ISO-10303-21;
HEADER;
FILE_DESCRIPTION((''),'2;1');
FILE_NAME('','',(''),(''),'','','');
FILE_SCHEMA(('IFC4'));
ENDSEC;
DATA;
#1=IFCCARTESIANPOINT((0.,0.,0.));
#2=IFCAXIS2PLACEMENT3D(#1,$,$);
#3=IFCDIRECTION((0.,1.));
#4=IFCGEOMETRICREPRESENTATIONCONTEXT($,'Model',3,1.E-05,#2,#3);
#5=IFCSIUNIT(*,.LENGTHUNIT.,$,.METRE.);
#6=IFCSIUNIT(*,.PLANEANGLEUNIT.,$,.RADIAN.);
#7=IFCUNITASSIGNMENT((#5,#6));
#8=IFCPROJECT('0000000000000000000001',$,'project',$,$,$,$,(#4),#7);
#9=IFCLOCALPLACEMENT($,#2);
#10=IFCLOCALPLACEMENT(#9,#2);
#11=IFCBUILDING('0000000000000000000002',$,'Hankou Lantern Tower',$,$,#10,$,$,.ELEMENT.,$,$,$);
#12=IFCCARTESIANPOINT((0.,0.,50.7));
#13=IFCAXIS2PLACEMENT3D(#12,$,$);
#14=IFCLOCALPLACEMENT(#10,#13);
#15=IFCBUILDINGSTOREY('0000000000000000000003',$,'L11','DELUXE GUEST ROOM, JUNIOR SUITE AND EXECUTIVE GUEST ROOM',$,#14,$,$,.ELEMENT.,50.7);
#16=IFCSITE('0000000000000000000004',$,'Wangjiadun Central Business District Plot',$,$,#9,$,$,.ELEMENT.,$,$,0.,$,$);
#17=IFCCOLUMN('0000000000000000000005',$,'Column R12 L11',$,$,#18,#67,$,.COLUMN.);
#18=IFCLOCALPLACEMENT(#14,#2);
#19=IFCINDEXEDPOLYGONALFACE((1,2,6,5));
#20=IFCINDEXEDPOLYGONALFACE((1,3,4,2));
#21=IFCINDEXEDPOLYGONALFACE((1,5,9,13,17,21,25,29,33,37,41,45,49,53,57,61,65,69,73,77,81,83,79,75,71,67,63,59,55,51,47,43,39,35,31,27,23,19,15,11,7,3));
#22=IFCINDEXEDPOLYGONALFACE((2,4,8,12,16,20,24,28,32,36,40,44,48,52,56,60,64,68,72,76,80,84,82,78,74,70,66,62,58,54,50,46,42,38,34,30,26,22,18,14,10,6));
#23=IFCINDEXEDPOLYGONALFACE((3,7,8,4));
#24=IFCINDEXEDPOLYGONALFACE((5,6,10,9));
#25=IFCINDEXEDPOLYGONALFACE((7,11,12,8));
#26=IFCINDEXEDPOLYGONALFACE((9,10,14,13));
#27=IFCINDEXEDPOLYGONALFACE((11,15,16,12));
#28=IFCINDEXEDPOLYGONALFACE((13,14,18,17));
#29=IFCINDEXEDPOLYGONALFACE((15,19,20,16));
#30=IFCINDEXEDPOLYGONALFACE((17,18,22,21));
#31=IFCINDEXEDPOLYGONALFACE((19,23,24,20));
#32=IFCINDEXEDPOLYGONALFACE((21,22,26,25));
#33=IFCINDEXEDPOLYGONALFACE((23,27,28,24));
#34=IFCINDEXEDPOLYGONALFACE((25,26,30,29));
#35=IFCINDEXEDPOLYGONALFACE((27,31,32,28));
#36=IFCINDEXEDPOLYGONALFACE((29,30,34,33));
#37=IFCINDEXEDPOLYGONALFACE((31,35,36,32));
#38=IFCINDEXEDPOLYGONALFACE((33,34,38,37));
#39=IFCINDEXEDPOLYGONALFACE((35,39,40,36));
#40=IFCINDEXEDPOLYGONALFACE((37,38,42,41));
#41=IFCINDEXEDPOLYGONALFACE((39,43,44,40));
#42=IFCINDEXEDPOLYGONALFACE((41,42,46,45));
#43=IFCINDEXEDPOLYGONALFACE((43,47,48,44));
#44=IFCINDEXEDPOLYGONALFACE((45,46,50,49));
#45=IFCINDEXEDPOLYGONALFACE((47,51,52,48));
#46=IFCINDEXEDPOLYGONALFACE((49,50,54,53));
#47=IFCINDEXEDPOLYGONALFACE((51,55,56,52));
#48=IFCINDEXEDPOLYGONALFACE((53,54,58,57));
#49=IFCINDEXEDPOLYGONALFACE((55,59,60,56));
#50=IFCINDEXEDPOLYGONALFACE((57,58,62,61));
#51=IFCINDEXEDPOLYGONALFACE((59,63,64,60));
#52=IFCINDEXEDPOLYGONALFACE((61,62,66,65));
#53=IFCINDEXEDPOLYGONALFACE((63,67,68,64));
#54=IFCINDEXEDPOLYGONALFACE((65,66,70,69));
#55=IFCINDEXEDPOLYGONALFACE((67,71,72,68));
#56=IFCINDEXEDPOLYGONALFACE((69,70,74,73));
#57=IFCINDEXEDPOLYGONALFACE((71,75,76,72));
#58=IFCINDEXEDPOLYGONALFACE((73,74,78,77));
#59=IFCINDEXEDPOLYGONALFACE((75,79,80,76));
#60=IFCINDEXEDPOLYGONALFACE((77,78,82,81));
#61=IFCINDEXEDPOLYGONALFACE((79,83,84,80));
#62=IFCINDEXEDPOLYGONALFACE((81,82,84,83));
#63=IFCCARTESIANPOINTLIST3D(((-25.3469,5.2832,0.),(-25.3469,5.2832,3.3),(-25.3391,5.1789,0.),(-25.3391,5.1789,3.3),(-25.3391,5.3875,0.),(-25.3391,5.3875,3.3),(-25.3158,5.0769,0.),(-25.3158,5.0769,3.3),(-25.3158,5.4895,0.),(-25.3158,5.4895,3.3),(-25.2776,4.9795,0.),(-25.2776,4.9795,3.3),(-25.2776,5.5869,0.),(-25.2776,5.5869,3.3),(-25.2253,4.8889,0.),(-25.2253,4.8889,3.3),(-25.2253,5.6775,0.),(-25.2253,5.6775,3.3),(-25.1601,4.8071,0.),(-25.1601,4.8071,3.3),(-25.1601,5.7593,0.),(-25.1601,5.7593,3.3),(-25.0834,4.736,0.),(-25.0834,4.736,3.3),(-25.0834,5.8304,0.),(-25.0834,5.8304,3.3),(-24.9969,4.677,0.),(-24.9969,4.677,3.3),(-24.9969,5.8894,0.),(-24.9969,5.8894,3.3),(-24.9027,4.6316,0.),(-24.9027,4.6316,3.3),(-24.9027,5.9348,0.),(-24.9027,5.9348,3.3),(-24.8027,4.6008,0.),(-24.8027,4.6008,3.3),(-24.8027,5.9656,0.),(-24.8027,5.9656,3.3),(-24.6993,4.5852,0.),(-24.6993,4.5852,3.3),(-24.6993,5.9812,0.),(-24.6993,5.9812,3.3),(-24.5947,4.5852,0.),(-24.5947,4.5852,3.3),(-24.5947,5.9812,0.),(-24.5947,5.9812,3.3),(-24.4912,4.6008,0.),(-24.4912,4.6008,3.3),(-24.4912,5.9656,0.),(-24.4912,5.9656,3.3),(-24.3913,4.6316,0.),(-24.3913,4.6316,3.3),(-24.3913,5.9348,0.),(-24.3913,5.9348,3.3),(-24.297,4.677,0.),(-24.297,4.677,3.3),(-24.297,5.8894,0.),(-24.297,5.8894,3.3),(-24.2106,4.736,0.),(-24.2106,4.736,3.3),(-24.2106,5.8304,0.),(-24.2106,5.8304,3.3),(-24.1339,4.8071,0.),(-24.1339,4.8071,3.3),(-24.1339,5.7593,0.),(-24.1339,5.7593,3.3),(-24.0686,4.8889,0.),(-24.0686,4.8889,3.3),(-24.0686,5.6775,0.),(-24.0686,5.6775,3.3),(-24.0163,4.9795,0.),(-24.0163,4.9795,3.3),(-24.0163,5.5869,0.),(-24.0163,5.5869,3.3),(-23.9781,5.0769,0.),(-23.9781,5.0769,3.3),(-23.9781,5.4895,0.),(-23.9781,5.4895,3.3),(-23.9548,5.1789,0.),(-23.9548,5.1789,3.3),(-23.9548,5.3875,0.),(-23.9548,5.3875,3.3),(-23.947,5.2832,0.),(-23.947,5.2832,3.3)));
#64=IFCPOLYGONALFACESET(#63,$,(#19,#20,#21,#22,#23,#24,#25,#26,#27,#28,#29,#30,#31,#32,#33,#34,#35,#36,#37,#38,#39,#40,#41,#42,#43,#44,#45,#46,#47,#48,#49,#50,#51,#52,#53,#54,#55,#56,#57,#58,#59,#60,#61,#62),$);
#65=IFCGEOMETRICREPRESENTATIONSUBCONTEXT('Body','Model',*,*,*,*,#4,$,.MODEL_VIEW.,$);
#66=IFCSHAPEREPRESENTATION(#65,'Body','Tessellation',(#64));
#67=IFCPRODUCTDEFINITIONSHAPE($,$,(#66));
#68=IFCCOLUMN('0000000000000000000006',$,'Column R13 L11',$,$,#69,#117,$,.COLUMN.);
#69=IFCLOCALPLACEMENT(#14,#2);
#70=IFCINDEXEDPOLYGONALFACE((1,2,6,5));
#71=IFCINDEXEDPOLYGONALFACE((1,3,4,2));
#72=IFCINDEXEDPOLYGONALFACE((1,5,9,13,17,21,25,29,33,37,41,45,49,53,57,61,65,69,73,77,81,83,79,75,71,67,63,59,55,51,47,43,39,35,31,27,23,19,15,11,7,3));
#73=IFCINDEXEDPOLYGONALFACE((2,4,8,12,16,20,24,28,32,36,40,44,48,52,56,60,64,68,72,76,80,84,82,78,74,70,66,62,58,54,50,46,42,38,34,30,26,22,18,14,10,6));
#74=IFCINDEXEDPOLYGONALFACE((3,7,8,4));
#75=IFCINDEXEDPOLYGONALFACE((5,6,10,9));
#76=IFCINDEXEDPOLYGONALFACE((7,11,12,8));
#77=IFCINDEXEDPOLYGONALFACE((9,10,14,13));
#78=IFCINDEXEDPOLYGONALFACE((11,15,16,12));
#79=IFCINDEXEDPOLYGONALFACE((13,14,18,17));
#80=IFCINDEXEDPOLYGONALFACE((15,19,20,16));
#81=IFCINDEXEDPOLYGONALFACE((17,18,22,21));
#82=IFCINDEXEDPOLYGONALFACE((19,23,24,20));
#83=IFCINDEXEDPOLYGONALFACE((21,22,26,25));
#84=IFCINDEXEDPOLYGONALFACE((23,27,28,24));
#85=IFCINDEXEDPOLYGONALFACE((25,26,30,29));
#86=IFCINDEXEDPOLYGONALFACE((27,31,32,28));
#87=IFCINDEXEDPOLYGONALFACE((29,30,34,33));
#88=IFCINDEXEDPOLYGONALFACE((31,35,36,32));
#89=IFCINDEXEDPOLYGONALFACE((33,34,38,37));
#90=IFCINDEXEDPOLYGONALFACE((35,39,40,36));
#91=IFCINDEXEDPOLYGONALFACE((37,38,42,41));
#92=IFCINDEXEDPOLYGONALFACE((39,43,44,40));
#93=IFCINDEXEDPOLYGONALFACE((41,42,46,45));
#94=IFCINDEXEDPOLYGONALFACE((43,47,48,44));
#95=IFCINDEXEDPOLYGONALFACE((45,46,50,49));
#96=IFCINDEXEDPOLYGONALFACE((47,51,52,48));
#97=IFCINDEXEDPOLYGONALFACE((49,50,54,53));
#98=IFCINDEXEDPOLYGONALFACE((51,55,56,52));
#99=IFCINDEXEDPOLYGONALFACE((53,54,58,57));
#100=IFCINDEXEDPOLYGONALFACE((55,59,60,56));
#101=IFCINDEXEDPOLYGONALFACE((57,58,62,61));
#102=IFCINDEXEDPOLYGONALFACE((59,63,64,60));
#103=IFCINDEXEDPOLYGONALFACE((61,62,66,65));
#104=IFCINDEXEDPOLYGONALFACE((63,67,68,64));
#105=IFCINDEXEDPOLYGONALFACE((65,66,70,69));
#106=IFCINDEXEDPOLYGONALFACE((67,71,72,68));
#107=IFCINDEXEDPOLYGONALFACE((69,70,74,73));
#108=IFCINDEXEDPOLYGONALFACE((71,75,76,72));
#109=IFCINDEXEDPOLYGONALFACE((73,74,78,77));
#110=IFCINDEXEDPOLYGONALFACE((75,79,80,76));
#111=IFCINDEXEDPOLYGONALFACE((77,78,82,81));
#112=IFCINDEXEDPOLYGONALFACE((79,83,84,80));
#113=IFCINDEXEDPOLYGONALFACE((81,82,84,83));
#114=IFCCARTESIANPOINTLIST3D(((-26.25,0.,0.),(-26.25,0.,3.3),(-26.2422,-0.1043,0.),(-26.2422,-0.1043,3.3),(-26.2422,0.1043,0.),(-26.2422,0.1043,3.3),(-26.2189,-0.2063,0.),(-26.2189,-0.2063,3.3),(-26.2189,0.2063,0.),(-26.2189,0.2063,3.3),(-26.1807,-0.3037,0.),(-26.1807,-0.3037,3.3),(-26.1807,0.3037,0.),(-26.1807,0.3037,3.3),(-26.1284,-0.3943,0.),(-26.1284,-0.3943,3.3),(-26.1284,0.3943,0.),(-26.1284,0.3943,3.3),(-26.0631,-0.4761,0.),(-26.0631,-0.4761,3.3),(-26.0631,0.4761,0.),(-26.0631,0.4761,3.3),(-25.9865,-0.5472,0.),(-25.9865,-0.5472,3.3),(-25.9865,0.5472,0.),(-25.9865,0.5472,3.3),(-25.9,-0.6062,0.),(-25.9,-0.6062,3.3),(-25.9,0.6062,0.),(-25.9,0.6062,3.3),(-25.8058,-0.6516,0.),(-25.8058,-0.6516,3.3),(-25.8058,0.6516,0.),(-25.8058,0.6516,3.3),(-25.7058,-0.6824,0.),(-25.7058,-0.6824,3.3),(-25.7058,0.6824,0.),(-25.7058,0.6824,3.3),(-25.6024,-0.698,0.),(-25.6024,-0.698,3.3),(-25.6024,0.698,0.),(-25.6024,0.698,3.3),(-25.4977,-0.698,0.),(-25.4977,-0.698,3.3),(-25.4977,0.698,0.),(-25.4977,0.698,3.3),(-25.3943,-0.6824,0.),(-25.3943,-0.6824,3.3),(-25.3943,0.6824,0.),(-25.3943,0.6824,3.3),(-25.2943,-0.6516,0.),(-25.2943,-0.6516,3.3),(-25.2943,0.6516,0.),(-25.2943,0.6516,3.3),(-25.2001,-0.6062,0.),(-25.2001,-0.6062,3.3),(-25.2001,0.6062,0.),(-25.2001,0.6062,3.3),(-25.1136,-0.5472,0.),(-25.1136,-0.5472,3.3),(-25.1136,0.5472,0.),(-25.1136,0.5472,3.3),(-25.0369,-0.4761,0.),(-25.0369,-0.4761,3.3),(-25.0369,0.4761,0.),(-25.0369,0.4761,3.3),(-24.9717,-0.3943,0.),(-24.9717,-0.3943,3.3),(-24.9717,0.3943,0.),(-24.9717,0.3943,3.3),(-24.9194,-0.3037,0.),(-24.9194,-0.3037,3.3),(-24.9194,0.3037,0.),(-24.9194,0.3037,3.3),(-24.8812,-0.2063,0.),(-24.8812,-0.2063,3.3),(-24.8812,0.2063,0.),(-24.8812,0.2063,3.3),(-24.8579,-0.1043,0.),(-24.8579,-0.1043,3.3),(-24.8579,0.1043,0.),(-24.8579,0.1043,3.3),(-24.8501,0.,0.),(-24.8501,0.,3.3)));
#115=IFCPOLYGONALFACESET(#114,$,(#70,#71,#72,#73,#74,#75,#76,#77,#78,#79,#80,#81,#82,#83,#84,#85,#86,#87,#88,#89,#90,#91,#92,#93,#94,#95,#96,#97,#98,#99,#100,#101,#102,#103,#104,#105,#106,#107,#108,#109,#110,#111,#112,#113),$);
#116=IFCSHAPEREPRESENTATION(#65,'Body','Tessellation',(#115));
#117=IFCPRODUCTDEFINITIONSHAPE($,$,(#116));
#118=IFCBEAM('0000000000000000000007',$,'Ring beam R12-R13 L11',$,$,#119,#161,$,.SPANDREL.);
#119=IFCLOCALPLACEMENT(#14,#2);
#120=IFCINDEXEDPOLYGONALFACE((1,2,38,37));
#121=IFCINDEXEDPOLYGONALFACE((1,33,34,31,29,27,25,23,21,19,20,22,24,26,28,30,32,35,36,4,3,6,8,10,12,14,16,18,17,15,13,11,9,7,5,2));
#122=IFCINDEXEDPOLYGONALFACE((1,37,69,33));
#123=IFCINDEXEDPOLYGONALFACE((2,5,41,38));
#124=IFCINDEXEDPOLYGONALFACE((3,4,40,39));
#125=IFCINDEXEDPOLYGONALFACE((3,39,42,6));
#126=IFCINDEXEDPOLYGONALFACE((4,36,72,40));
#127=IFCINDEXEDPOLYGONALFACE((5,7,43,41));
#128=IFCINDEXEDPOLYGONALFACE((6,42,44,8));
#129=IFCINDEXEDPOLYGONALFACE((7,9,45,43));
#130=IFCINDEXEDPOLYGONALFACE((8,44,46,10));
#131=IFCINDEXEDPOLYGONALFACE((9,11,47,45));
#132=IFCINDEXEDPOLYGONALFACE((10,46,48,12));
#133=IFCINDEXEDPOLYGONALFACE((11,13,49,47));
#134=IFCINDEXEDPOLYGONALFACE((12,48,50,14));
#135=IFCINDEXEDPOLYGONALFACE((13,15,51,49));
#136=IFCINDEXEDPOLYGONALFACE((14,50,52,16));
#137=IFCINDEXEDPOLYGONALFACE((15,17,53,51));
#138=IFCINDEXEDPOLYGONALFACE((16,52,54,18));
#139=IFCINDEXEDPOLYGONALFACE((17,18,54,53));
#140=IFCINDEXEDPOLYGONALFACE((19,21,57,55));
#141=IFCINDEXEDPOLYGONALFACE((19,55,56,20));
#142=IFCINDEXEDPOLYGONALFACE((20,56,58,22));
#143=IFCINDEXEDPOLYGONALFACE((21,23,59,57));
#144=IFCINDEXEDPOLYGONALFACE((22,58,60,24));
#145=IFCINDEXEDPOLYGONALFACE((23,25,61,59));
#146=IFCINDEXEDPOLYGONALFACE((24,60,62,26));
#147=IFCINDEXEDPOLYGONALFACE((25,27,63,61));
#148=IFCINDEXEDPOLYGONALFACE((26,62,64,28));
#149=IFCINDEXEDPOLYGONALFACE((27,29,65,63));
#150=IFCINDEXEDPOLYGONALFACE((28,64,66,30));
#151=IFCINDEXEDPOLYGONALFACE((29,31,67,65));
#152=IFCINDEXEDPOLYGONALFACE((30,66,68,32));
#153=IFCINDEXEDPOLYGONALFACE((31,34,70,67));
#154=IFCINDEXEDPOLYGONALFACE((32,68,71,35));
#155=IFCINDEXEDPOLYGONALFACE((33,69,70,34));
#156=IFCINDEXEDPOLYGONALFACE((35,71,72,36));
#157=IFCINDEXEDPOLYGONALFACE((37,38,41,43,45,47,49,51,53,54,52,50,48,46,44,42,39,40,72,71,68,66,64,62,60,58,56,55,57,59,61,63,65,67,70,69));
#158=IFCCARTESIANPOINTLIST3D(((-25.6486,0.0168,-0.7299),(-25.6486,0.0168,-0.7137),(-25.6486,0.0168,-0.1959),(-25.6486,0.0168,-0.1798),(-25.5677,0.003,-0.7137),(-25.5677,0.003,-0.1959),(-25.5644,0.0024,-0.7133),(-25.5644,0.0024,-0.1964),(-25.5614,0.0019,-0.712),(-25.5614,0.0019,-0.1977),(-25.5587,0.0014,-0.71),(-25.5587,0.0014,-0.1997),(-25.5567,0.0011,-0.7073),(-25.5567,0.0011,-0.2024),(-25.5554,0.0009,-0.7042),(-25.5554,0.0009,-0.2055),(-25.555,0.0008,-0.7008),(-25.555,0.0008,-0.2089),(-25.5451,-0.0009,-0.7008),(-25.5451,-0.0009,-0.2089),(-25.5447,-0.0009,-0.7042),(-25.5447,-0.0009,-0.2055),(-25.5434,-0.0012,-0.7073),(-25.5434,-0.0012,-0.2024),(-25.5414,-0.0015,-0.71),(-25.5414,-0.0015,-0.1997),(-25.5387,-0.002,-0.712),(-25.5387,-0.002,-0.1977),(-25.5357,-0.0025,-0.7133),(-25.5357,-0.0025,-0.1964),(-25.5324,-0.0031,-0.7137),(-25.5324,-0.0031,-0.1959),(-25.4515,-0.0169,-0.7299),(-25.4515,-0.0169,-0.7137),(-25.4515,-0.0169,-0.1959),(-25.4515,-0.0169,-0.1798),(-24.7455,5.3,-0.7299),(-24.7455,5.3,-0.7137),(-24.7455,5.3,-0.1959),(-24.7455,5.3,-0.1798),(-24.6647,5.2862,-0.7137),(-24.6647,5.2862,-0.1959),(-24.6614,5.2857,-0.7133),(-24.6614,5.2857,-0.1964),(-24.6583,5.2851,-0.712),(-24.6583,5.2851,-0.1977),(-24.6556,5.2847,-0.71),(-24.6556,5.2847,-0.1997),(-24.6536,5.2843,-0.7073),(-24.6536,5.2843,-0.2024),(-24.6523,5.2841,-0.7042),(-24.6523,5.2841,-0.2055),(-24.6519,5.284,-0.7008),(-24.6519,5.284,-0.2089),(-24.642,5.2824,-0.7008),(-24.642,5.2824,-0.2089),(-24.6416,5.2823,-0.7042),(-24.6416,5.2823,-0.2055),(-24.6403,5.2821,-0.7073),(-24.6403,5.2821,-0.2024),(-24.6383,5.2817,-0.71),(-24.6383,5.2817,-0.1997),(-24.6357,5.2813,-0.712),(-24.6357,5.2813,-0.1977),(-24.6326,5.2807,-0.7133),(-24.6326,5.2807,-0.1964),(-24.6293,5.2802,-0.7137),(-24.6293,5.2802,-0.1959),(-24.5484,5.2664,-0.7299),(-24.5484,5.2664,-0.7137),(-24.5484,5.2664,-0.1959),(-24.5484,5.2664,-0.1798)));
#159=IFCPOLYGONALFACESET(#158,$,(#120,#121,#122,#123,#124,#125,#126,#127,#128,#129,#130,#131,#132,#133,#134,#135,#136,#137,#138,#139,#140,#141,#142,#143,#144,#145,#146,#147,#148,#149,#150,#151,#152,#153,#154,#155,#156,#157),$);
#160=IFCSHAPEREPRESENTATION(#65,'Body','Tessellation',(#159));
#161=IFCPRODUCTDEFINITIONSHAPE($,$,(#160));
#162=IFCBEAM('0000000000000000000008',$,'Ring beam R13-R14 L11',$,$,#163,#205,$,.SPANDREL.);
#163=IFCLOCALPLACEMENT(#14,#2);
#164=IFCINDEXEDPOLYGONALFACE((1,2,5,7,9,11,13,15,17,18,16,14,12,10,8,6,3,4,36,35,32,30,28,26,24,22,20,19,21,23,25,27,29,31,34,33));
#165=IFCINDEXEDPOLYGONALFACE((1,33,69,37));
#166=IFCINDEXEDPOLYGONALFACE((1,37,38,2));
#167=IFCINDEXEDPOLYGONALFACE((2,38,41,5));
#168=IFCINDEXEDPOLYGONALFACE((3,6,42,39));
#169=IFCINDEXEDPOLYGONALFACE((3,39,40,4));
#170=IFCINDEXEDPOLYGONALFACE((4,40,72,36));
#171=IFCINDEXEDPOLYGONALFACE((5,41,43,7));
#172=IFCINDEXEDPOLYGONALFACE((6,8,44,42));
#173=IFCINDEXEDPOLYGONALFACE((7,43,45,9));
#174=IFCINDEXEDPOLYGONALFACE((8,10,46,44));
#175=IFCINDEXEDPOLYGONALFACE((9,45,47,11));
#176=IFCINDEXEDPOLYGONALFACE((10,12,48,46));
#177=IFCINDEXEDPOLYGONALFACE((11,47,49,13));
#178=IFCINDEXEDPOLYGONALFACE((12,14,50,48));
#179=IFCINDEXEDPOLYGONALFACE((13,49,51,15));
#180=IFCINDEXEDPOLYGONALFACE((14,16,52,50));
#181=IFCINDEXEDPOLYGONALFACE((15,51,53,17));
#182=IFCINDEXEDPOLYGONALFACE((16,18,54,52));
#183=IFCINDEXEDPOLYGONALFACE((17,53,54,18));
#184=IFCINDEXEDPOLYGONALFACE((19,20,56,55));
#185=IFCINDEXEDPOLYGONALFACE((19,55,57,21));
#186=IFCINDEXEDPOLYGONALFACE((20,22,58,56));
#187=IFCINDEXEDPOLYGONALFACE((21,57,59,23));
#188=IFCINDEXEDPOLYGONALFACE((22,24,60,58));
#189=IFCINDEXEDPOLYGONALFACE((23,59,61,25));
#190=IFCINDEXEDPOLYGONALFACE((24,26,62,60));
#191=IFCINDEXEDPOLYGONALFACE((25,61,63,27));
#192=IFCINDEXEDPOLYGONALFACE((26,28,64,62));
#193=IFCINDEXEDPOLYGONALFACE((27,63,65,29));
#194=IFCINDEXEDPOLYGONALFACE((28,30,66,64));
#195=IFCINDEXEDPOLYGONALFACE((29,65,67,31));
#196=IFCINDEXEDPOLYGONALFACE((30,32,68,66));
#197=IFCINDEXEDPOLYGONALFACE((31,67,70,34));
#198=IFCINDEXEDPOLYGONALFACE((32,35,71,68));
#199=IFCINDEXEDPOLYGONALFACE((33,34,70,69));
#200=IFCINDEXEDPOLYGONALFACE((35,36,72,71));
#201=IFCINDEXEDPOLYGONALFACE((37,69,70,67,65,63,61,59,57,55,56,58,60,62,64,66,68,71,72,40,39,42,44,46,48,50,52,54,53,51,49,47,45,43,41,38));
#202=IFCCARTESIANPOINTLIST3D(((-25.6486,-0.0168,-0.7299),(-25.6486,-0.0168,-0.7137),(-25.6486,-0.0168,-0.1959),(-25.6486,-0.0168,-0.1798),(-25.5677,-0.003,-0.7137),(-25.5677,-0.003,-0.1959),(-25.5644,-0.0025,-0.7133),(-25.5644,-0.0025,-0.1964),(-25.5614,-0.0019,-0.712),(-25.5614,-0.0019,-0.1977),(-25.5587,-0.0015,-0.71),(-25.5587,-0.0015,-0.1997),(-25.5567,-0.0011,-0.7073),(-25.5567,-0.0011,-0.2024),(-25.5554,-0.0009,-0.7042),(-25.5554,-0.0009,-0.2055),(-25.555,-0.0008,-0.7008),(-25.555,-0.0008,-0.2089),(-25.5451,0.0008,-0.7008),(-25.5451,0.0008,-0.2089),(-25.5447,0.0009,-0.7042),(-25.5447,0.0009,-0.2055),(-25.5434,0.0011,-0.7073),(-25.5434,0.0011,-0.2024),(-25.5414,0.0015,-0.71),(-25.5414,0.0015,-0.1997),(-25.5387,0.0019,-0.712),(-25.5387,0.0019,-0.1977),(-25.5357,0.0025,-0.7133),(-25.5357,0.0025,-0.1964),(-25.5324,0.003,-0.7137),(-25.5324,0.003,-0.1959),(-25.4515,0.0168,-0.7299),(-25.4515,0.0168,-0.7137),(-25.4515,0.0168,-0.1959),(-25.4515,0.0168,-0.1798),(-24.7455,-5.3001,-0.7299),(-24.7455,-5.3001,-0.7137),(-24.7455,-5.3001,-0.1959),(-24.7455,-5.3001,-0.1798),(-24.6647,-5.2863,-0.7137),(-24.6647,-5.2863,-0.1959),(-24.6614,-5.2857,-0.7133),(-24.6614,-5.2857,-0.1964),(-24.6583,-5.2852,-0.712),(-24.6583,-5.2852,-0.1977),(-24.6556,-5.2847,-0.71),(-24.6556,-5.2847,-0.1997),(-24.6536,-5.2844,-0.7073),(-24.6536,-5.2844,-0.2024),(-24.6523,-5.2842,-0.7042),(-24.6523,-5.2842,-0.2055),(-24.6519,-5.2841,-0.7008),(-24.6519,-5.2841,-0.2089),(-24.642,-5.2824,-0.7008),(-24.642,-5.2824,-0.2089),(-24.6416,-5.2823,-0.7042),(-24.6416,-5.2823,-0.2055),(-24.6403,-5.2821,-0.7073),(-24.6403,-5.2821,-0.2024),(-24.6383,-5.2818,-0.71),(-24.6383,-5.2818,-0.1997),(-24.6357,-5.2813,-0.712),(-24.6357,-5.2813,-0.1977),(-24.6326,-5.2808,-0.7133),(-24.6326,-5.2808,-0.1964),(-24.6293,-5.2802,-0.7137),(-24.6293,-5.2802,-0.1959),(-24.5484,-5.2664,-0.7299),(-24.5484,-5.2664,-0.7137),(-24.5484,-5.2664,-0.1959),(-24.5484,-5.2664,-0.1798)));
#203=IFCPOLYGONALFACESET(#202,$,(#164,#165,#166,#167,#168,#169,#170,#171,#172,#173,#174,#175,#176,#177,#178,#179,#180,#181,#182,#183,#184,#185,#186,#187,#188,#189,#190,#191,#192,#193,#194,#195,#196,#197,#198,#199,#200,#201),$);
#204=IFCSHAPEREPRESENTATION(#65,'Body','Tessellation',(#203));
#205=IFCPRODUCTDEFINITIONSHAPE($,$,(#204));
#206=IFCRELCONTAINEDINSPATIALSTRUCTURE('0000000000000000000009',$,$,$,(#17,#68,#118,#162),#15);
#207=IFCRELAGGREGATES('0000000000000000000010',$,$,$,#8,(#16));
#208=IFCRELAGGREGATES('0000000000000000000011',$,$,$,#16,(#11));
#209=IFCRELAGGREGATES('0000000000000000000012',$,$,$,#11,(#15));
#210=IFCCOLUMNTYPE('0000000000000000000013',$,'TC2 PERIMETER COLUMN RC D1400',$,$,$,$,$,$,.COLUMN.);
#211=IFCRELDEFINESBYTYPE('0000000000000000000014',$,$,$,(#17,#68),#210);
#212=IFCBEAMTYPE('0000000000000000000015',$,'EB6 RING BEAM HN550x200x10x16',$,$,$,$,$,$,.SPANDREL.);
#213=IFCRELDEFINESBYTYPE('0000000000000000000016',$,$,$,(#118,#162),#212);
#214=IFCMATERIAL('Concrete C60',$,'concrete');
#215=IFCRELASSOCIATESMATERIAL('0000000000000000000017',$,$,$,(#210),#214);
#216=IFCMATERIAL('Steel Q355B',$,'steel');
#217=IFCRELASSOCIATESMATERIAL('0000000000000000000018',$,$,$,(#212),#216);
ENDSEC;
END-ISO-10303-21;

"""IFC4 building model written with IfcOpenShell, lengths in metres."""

from ifc_helpers import new_model, si_unit, direction, frame, origin, origin_2d, place, context, subcontext, project, spatial, circle, i_section, extrude, material, material_profile, profile_set, type_object, element, save


model = new_model("IFC4")

# Units and contexts
model_context = context("Model", 3, precision=1e-05, world=origin(), true_north=direction((0.0, 1.0)))
body_context = subcontext(model_context, "Body", "Model", "MODEL_VIEW")
ifc_project = project(units=[si_unit("LENGTHUNIT", "METRE"), si_unit("PLANEANGLEUNIT", "RADIAN")], contexts=[model_context])

# Site, building, storey
site_placement = place(None, origin())
site = spatial("IfcSite", under=ifc_project, at=site_placement, Name="Wangjiadun Central Business District Plot", CompositionType="ELEMENT", RefElevation=0.0)
building_placement = place(site_placement, origin())
building = spatial("IfcBuilding", under=site, at=building_placement, Name="Hankou Lantern Tower", CompositionType="ELEMENT")
storey_placement = place(building_placement, frame((0.0, 0.0, 50.7)))
storey = spatial("IfcBuildingStorey", under=building, at=storey_placement, Name="L11", Description="DELUXE GUEST ROOM, JUNIOR SUITE AND EXECUTIVE GUEST ROOM", CompositionType="ELEMENT", Elevation=50.7)

# Columns
ifc_material_1 = material(Name="Concrete C60", Category="concrete")
ifc_material_profile_1 = material_profile(ifc_material_1, circle(Radius=0.7, at=origin_2d()), Name="RC D1400")
ifc_profile_set_1 = profile_set([ifc_material_profile_1], Name="Concrete C60")
column_type = type_object("IfcColumnType", Name="TC2 PERIMETER COLUMN RC D1400", PredefinedType="COLUMN", material=ifc_profile_set_1)
for number, where, z_axis, x_axis, name in (
    (1, (-24.647, 5.2832, 0.0), (0.0, 0.0, 1.0), (1.0, 0.0, 0.0), "Column R12 L11"),
    (2, (-25.55, 0.0, 0.0), (0.0, 0.0, 1.0), (1.0, 0.0, 0.0), "Column R13 L11"),
):
    element("IfcColumn", number, at=place(storey_placement, frame(where, z_axis=z_axis, x_axis=x_axis)), inside=storey, type_object=column_type, Name=name, PredefinedType="COLUMN", context=body_context, shape_type="SweptSolid", body=[
        extrude(circle(Radius=0.7, at=origin_2d()), origin(), (0.0, 0.0, 1.0), 3.3),
    ])

# Beams
ifc_material_2 = material(Name="Steel Q355B", Category="steel")
ifc_material_profile_2 = material_profile(ifc_material_2, i_section(OverallWidth=0.2, OverallDepth=0.55, WebThickness=0.01, FlangeThickness=0.0161, FilletRadius=0.0129, at=origin_2d()), Name="HN550x200x10x16")
ifc_profile_set_2 = profile_set([ifc_material_profile_2], Name="Steel Q355B")
beam_type_1 = type_object("IfcBeamType", Name="EB6 RING BEAM HN550x200x10x16", PredefinedType="SPANDREL", material=ifc_profile_set_2)
for number, where, z_axis, x_axis, name in (
    (3, (-24.647, 5.2832, -0.4548), (-0.16849, -0.985703, 0.0), (0.985703, -0.16849, 0.0), "Ring beam R12-R13 L11"),
    (4, (-25.55, 0.0, -0.4548), (0.16849, -0.985703, 0.0), (0.985703, 0.16849, 0.0), "Ring beam R13-R14 L11"),
):
    element("IfcBeam", number, at=place(storey_placement, frame(where, z_axis=z_axis, x_axis=x_axis)), inside=storey, type_object=beam_type_1, Name=name, PredefinedType="SPANDREL", context=body_context, shape_type="SweptSolid", body=[
        extrude(i_section(OverallWidth=0.2, OverallDepth=0.55, WebThickness=0.01, FlangeThickness=0.0161, FilletRadius=0.0129, at=origin_2d()), origin(), (0.0, 0.0, 1.0), 5.3599),
    ])

save(model, "model.ifc")
